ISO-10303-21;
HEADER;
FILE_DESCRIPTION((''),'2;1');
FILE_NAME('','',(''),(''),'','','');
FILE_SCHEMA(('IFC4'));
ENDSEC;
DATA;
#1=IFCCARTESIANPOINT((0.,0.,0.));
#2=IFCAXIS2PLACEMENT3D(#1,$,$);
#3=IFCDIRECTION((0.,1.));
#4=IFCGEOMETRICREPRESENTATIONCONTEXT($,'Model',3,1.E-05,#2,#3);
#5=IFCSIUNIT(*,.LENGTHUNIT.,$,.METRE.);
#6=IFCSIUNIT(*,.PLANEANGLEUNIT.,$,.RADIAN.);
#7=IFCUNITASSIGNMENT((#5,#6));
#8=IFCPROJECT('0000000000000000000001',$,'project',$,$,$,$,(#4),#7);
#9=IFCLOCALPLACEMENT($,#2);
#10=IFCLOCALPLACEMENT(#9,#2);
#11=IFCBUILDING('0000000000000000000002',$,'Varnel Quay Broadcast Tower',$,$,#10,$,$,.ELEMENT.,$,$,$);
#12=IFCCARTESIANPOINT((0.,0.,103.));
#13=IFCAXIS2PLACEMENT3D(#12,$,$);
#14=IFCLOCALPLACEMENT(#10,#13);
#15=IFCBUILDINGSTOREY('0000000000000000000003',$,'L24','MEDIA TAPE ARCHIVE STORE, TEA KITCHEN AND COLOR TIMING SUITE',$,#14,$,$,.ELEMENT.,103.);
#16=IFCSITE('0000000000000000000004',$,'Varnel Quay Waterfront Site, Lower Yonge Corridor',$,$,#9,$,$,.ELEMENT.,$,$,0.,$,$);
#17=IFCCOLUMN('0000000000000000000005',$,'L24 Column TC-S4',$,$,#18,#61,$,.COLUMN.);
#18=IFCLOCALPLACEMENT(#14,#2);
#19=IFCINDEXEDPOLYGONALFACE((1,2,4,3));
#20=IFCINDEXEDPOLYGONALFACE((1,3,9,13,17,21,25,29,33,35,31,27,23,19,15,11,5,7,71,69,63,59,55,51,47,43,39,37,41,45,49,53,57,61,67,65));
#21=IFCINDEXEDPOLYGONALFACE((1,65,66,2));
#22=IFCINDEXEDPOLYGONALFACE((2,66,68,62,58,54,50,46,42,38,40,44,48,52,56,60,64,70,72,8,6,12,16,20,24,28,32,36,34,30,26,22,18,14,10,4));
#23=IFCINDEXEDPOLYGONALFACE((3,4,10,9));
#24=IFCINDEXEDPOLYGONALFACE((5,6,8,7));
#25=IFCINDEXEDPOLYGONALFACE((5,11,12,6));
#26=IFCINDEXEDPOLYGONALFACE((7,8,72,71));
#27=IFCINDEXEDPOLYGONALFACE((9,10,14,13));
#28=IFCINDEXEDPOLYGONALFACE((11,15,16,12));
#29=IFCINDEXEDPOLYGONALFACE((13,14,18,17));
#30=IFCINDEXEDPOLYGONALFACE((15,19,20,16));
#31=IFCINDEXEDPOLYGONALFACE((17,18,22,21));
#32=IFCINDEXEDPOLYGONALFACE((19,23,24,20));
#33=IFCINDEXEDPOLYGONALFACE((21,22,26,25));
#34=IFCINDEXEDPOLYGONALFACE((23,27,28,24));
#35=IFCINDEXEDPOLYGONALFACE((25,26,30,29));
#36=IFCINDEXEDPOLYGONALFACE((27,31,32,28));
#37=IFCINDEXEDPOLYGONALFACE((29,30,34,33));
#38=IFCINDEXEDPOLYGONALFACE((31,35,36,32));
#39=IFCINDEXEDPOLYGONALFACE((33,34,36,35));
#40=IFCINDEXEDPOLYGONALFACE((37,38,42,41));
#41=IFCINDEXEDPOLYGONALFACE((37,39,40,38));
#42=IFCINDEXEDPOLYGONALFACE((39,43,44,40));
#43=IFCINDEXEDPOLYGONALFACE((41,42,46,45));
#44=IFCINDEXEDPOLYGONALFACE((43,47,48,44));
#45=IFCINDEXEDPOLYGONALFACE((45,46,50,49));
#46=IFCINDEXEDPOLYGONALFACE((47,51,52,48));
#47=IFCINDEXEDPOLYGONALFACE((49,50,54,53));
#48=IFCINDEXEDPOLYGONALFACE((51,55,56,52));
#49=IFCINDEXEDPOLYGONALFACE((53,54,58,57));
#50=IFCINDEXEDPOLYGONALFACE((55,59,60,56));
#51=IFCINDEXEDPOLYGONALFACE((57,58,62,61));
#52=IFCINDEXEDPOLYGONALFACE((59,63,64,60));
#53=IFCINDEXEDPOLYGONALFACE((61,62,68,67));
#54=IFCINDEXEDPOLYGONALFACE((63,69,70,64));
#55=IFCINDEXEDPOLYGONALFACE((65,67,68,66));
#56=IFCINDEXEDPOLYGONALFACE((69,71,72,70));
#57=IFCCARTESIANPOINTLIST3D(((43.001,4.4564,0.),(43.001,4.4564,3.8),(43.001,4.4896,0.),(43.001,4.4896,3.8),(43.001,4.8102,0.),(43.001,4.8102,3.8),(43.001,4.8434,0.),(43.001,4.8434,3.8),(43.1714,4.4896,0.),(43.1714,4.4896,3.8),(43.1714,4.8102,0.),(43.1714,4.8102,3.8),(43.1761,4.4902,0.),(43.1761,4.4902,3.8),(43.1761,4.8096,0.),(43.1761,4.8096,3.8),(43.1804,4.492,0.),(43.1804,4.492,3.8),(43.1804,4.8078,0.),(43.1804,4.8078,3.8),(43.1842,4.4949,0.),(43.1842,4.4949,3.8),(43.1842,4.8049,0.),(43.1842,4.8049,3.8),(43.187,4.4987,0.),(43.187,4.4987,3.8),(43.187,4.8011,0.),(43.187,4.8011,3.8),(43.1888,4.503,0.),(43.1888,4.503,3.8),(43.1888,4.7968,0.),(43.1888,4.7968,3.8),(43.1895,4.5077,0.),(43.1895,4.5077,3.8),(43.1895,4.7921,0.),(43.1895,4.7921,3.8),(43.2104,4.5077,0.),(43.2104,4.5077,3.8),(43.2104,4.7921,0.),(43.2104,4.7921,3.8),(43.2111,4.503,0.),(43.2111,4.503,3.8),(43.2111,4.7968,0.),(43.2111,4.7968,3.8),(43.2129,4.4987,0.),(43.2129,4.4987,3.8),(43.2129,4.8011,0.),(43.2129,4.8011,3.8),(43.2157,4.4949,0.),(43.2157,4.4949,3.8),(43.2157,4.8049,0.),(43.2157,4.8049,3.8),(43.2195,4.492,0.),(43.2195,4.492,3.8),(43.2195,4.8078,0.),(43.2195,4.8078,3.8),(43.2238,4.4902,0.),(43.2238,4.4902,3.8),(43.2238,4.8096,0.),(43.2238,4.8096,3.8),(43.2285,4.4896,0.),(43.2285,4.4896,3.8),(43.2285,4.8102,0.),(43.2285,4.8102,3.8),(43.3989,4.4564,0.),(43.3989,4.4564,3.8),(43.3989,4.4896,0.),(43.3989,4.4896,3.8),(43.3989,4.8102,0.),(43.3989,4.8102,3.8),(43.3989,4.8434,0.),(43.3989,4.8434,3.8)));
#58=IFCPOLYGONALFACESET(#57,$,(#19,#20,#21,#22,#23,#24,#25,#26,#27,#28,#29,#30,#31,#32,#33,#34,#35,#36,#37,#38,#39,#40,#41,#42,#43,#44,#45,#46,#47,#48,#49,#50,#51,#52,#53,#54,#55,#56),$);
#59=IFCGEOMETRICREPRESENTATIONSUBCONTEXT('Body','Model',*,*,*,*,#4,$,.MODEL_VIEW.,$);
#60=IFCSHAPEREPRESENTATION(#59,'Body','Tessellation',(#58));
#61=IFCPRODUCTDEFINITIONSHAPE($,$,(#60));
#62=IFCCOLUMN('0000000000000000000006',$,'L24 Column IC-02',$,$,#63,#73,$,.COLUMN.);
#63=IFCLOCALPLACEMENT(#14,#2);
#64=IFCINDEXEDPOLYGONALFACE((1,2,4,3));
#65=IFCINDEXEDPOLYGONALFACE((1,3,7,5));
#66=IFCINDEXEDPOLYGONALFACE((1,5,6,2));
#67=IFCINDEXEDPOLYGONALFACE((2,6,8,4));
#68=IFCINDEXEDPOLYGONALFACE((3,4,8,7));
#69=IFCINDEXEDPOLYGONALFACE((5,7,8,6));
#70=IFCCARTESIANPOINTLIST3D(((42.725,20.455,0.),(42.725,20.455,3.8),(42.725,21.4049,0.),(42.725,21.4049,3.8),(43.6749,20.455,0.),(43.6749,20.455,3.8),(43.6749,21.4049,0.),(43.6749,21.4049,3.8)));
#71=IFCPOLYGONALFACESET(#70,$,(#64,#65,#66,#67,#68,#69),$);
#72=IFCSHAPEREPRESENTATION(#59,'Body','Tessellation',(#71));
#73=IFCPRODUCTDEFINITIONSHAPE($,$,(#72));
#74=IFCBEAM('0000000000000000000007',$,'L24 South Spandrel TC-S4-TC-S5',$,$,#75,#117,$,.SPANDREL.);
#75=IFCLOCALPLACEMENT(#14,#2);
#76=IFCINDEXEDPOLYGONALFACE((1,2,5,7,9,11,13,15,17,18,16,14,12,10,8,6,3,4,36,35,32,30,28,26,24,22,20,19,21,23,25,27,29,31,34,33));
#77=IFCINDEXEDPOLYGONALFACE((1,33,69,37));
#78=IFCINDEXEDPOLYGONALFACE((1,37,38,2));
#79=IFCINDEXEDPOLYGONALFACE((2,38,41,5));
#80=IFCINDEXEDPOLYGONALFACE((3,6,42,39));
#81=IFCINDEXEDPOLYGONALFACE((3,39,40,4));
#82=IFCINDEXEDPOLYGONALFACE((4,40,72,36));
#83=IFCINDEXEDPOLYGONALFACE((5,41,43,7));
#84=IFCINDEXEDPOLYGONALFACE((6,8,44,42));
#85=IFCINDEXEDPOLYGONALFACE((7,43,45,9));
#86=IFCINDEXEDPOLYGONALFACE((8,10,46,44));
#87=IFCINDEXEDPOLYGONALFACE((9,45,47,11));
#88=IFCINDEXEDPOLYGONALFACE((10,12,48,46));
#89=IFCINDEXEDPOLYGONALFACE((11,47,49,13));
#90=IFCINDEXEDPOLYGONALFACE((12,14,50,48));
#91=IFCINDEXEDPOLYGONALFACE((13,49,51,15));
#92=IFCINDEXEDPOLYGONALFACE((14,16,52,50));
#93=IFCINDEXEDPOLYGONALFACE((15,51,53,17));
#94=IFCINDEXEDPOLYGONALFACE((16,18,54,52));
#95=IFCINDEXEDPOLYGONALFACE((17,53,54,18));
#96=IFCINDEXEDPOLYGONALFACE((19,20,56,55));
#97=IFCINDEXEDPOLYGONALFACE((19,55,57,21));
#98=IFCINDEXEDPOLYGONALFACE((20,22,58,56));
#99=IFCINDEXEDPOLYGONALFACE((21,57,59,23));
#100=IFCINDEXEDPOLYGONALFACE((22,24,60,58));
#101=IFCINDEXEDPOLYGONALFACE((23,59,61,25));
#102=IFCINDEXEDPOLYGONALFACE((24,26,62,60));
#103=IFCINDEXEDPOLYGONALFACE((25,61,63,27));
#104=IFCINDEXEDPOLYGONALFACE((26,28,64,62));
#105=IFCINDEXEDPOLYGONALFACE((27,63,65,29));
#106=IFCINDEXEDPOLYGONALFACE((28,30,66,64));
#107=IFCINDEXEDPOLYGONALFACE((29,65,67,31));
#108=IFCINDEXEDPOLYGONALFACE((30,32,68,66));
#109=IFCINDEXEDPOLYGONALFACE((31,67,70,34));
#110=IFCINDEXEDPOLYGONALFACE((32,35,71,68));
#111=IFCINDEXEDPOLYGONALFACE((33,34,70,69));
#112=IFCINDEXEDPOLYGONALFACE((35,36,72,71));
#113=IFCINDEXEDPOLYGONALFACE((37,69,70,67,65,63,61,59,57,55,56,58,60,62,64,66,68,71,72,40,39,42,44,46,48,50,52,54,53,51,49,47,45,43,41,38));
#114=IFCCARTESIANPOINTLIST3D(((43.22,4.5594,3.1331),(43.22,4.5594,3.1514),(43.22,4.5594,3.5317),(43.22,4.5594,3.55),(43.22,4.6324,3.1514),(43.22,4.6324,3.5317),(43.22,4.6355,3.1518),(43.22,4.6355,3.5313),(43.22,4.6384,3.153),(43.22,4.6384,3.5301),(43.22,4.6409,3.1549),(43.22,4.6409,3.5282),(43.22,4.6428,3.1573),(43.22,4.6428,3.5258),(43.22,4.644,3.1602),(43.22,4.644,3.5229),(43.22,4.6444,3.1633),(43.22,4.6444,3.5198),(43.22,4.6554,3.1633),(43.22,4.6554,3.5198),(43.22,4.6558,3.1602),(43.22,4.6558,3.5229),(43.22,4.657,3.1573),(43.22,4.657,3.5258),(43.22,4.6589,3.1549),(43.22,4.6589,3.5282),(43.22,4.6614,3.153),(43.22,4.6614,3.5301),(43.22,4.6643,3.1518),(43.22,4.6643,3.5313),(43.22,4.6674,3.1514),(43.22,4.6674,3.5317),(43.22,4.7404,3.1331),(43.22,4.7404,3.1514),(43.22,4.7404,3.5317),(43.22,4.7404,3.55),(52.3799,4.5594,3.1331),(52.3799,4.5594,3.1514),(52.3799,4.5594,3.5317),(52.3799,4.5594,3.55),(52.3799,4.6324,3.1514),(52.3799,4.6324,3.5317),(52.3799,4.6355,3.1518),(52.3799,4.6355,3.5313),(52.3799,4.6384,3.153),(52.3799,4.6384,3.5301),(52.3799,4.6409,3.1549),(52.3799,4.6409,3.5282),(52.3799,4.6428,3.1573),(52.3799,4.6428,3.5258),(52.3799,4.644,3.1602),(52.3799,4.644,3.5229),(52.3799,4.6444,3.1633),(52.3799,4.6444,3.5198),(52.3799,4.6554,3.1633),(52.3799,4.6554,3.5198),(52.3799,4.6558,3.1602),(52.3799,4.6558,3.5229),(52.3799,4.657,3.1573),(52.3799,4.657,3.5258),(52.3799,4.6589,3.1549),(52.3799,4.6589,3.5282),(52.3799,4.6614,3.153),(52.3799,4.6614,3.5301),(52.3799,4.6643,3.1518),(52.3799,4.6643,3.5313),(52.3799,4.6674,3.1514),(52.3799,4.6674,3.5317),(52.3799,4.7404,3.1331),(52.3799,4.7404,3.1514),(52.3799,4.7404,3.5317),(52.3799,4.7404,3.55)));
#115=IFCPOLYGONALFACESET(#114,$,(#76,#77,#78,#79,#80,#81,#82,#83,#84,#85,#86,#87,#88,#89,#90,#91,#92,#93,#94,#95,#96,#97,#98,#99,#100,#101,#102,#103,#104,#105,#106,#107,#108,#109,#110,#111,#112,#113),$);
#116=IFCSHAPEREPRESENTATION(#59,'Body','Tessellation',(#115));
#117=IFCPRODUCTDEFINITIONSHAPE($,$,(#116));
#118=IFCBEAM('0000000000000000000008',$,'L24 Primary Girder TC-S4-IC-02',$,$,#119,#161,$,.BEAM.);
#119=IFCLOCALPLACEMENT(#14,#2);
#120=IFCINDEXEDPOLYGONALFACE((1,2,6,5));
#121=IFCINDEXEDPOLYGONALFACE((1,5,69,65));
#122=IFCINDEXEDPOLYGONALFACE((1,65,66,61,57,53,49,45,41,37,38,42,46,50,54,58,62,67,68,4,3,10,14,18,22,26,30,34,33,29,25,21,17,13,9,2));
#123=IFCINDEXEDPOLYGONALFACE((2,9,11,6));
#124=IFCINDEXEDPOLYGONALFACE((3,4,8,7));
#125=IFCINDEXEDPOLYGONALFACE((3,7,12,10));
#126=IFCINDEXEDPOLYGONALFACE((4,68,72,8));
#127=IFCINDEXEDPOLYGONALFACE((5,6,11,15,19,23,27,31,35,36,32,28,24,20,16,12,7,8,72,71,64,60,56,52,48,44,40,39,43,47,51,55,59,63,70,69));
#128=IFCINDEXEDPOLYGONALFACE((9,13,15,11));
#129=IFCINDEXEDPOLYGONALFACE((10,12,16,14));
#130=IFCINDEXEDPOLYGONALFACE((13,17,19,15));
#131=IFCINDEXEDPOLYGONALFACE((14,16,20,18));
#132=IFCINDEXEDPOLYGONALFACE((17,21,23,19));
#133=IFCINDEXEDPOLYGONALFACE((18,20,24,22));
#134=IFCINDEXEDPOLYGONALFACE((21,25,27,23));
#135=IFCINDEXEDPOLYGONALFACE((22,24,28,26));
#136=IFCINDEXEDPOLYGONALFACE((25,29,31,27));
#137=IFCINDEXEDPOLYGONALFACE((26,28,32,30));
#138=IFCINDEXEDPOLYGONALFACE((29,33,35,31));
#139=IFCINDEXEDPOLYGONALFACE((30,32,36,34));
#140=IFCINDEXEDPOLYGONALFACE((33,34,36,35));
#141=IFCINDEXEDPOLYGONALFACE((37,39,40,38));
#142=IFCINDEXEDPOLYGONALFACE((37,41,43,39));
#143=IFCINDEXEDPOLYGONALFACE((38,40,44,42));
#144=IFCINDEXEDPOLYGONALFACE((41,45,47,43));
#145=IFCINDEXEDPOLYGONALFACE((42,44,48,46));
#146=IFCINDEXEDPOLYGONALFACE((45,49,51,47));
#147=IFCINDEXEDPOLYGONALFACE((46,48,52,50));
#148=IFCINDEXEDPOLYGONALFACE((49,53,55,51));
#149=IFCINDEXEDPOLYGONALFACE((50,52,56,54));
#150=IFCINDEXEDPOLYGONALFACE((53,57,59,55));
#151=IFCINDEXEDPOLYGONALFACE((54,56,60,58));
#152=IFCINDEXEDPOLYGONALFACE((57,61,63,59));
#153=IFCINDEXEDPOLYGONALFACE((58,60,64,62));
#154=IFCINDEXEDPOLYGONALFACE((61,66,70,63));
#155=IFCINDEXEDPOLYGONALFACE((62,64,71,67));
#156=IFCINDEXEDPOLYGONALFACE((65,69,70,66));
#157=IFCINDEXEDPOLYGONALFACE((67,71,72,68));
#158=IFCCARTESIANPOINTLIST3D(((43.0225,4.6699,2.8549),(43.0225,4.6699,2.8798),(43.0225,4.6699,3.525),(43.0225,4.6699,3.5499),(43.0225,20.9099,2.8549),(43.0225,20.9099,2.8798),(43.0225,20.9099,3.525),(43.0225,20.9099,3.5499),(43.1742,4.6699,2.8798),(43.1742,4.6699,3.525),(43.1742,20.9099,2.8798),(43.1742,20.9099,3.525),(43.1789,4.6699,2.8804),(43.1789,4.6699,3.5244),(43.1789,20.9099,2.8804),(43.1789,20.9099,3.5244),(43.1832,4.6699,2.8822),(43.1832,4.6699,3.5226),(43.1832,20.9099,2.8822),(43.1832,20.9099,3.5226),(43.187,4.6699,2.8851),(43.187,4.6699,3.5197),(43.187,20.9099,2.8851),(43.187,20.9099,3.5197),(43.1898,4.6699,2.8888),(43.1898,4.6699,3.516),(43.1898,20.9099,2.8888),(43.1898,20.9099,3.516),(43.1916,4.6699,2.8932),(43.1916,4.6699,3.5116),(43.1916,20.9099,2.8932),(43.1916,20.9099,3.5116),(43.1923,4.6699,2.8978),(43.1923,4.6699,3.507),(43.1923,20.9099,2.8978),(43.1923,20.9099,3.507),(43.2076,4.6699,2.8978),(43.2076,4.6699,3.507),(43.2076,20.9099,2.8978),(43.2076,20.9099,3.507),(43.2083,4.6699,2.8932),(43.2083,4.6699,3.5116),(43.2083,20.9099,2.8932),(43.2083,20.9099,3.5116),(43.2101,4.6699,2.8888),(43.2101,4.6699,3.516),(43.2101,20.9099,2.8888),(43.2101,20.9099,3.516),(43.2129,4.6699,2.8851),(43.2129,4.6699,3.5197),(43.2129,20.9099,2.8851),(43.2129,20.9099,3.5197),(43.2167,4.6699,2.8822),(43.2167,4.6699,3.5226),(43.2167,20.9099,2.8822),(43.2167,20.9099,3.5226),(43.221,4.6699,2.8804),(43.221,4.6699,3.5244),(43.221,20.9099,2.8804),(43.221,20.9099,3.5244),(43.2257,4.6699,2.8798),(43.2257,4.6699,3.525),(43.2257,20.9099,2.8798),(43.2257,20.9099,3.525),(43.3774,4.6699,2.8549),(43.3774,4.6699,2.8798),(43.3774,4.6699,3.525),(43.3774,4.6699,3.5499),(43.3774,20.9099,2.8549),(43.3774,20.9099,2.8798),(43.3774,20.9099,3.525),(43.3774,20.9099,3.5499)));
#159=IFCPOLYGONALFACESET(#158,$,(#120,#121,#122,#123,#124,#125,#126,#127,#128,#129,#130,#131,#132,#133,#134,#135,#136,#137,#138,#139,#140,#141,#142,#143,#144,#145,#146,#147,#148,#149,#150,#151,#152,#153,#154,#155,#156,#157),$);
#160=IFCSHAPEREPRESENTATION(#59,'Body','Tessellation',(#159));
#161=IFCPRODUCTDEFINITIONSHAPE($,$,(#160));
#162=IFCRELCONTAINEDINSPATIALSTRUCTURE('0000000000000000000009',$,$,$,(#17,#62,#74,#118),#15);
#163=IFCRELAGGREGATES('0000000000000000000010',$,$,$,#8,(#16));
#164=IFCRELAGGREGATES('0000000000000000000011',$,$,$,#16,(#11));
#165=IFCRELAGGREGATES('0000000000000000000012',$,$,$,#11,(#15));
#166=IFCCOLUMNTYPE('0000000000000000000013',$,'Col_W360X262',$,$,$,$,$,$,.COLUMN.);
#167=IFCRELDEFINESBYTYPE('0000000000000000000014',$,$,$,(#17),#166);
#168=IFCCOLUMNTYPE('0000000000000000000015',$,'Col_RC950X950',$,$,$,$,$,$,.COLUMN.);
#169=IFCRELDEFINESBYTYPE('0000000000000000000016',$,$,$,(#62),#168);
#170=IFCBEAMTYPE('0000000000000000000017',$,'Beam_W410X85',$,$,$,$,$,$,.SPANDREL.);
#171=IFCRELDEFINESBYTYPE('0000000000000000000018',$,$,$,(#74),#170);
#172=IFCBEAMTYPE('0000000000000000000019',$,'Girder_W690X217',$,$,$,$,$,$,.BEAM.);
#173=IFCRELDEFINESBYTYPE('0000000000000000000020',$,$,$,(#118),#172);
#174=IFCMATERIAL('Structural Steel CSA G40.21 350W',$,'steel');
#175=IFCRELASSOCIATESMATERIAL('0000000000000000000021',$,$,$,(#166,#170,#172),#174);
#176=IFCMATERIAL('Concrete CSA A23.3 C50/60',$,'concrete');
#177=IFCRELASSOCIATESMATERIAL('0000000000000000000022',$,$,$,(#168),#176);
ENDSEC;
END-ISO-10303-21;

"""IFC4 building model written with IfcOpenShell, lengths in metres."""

from ifc_helpers import new_model, si_unit, direction, frame, origin, origin_2d, place, context, subcontext, project, spatial, rectangle, i_section, extrude, source, transform, mapped, material, material_profile, profile_set, type_object, type_shapes, element, save


model = new_model("IFC4")

# Units and contexts
model_context = context("Model", 3, precision=1e-05, world=origin(), true_north=direction((0.0, 1.0)))
body_context = subcontext(model_context, "Body", "Model", "MODEL_VIEW")
ifc_project = project(units=[si_unit("LENGTHUNIT", "METRE"), si_unit("PLANEANGLEUNIT", "RADIAN")], contexts=[model_context])

# Site, building, storey
site_placement = place(None, origin())
site = spatial("IfcSite", under=ifc_project, at=site_placement, Name="Varnel Quay Waterfront Site, Lower Yonge Corridor", CompositionType="ELEMENT", RefElevation=0.0)
building_placement = place(site_placement, origin())
building = spatial("IfcBuilding", under=site, at=building_placement, Name="Varnel Quay Broadcast Tower", CompositionType="ELEMENT")
storey_placement = place(building_placement, frame((0.0, 0.0, 103.0)))
storey = spatial("IfcBuildingStorey", under=building, at=storey_placement, Name="L24", Description="MEDIA TAPE ARCHIVE STORE, TEA KITCHEN AND COLOR TIMING SUITE", CompositionType="ELEMENT", Elevation=103.0)

# Columns
ifc_material_1 = material(Name="Structural Steel CSA G40.21 350W", Category="steel")
ifc_material_profile_1 = material_profile(ifc_material_1, i_section(OverallWidth=0.3979, OverallDepth=0.387, WebThickness=0.021, FlangeThickness=0.0332, FilletRadius=0.0181, at=origin_2d()), Name="W360X262")
ifc_profile_set_1 = profile_set([ifc_material_profile_1], Name="Structural Steel CSA G40.21 350W")
column_type_1 = type_object("IfcColumnType", Name="Col_W360X262", PredefinedType="COLUMN", material=ifc_profile_set_1)
shared_shape_1 = source(origin(), body_context, "Body", "SweptSolid", [
    extrude(i_section(OverallWidth=0.3979, OverallDepth=0.387, WebThickness=0.021, FlangeThickness=0.0332, FilletRadius=0.0181, at=origin_2d()), origin(), (0.0, 0.0, 1.0), 3.8),
])
type_shapes(column_type_1, [shared_shape_1])
column_1_placement = place(storey_placement, frame((43.2, 4.6499, 0.0), z_axis=(0.0, 0.0, 1.0), x_axis=(1.0, 0.0, 0.0)))
element("IfcColumn", 1, at=column_1_placement, inside=storey, type_object=column_type_1, Name="L24 Column TC-S4", PredefinedType="COLUMN", context=body_context, shape_type="MappedRepresentation", body=[
    mapped(shared_shape_1, transform((0.0, 0.0, 0.0), x_axis=(1.0, 0.0, 0.0), y_axis=(0.0, 1.0, 0.0), z_axis=(0.0, 0.0, 1.0), scale=1.0)),
])
ifc_material_2 = material(Name="Concrete CSA A23.3 C50/60", Category="concrete")
ifc_material_profile_2 = material_profile(ifc_material_2, rectangle(XDim=0.95, YDim=0.95, at=origin_2d()), Name="RC950X950")
ifc_profile_set_2 = profile_set([ifc_material_profile_2], Name="Concrete CSA A23.3 C50/60")
column_type_2 = type_object("IfcColumnType", Name="Col_RC950X950", PredefinedType="COLUMN", material=ifc_profile_set_2)
shared_shape_2 = source(origin(), body_context, "Body", "SweptSolid", [
    extrude(rectangle(XDim=0.95, YDim=0.95, at=origin_2d()), origin(), (0.0, 0.0, 1.0), 3.8),
])
type_shapes(column_type_2, [shared_shape_2])
column_2_placement = place(storey_placement, frame((43.2, 20.9299, 0.0), z_axis=(0.0, 0.0, 1.0), x_axis=(1.0, 0.0, 0.0)))
element("IfcColumn", 2, at=column_2_placement, inside=storey, type_object=column_type_2, Name="L24 Column IC-02", PredefinedType="COLUMN", context=body_context, shape_type="MappedRepresentation", body=[
    mapped(shared_shape_2, transform((0.0, 0.0, 0.0), x_axis=(1.0, 0.0, 0.0), y_axis=(0.0, 1.0, 0.0), z_axis=(0.0, 0.0, 1.0), scale=1.0)),
])

# Beams
ifc_material_profile_3 = material_profile(ifc_material_1, i_section(OverallWidth=0.1809, OverallDepth=0.417, WebThickness=0.011, FlangeThickness=0.0183, FilletRadius=0.012, at=origin_2d()), Name="W410X85")
ifc_profile_set_3 = profile_set([ifc_material_profile_3], Name="Structural Steel CSA G40.21 350W")
beam_type_1 = type_object("IfcBeamType", Name="Beam_W410X85", PredefinedType="SPANDREL", material=ifc_profile_set_3)
shared_shape_3 = source(origin(), body_context, "Body", "SweptSolid", [
    extrude(i_section(OverallWidth=0.1809, OverallDepth=0.417, WebThickness=0.011, FlangeThickness=0.0183, FilletRadius=0.012, at=origin_2d()), origin(), (0.0, 0.0, 1.0), 9.1599),
])
type_shapes(beam_type_1, [shared_shape_3])
beam_1_placement = place(storey_placement, frame((43.22, 4.6499, 3.3416), z_axis=(1.0, 0.0, 0.0), x_axis=(0.0, 1.0, 0.0)))
element("IfcBeam", 3, at=beam_1_placement, inside=storey, type_object=beam_type_1, Name="L24 South Spandrel TC-S4-TC-S5", PredefinedType="SPANDREL", context=body_context, shape_type="MappedRepresentation", body=[
    mapped(shared_shape_3, transform((0.0, 0.0, 0.0), x_axis=(1.0, 0.0, 0.0), y_axis=(0.0, 1.0, 0.0), z_axis=(0.0, 0.0, 1.0), scale=1.0)),
])
ifc_material_profile_4 = material_profile(ifc_material_1, i_section(OverallWidth=0.355, OverallDepth=0.6951, WebThickness=0.0154, FlangeThickness=0.0249, FilletRadius=0.0181, at=origin_2d()), Name="W690X217")
ifc_profile_set_4 = profile_set([ifc_material_profile_4], Name="Structural Steel CSA G40.21 350W")
beam_type_2 = type_object("IfcBeamType", Name="Girder_W690X217", PredefinedType="BEAM", material=ifc_profile_set_4)
shared_shape_4 = source(origin(), body_context, "Body", "SweptSolid", [
    extrude(i_section(OverallWidth=0.355, OverallDepth=0.6951, WebThickness=0.0154, FlangeThickness=0.0249, FilletRadius=0.0181, at=origin_2d()), origin(), (0.0, 0.0, 1.0), 16.24),
])
beam_2_placement = place(storey_placement, frame((43.2, 4.6699, 3.2024), z_axis=(0.0, 1.0, 0.0), x_axis=(-1.0, 0.0, 0.0)))
element("IfcBeam", 4, at=beam_2_placement, inside=storey, type_object=beam_type_2, Name="L24 Primary Girder TC-S4-IC-02", PredefinedType="BEAM", context=body_context, shape_type="MappedRepresentation", body=[
    mapped(shared_shape_4, transform((0.0, 0.0, 0.0), x_axis=(1.0, 0.0, 0.0), y_axis=(0.0, 1.0, 0.0), z_axis=(0.0, 0.0, 1.0), scale=1.0)),
])

save(model, "model.ifc")
